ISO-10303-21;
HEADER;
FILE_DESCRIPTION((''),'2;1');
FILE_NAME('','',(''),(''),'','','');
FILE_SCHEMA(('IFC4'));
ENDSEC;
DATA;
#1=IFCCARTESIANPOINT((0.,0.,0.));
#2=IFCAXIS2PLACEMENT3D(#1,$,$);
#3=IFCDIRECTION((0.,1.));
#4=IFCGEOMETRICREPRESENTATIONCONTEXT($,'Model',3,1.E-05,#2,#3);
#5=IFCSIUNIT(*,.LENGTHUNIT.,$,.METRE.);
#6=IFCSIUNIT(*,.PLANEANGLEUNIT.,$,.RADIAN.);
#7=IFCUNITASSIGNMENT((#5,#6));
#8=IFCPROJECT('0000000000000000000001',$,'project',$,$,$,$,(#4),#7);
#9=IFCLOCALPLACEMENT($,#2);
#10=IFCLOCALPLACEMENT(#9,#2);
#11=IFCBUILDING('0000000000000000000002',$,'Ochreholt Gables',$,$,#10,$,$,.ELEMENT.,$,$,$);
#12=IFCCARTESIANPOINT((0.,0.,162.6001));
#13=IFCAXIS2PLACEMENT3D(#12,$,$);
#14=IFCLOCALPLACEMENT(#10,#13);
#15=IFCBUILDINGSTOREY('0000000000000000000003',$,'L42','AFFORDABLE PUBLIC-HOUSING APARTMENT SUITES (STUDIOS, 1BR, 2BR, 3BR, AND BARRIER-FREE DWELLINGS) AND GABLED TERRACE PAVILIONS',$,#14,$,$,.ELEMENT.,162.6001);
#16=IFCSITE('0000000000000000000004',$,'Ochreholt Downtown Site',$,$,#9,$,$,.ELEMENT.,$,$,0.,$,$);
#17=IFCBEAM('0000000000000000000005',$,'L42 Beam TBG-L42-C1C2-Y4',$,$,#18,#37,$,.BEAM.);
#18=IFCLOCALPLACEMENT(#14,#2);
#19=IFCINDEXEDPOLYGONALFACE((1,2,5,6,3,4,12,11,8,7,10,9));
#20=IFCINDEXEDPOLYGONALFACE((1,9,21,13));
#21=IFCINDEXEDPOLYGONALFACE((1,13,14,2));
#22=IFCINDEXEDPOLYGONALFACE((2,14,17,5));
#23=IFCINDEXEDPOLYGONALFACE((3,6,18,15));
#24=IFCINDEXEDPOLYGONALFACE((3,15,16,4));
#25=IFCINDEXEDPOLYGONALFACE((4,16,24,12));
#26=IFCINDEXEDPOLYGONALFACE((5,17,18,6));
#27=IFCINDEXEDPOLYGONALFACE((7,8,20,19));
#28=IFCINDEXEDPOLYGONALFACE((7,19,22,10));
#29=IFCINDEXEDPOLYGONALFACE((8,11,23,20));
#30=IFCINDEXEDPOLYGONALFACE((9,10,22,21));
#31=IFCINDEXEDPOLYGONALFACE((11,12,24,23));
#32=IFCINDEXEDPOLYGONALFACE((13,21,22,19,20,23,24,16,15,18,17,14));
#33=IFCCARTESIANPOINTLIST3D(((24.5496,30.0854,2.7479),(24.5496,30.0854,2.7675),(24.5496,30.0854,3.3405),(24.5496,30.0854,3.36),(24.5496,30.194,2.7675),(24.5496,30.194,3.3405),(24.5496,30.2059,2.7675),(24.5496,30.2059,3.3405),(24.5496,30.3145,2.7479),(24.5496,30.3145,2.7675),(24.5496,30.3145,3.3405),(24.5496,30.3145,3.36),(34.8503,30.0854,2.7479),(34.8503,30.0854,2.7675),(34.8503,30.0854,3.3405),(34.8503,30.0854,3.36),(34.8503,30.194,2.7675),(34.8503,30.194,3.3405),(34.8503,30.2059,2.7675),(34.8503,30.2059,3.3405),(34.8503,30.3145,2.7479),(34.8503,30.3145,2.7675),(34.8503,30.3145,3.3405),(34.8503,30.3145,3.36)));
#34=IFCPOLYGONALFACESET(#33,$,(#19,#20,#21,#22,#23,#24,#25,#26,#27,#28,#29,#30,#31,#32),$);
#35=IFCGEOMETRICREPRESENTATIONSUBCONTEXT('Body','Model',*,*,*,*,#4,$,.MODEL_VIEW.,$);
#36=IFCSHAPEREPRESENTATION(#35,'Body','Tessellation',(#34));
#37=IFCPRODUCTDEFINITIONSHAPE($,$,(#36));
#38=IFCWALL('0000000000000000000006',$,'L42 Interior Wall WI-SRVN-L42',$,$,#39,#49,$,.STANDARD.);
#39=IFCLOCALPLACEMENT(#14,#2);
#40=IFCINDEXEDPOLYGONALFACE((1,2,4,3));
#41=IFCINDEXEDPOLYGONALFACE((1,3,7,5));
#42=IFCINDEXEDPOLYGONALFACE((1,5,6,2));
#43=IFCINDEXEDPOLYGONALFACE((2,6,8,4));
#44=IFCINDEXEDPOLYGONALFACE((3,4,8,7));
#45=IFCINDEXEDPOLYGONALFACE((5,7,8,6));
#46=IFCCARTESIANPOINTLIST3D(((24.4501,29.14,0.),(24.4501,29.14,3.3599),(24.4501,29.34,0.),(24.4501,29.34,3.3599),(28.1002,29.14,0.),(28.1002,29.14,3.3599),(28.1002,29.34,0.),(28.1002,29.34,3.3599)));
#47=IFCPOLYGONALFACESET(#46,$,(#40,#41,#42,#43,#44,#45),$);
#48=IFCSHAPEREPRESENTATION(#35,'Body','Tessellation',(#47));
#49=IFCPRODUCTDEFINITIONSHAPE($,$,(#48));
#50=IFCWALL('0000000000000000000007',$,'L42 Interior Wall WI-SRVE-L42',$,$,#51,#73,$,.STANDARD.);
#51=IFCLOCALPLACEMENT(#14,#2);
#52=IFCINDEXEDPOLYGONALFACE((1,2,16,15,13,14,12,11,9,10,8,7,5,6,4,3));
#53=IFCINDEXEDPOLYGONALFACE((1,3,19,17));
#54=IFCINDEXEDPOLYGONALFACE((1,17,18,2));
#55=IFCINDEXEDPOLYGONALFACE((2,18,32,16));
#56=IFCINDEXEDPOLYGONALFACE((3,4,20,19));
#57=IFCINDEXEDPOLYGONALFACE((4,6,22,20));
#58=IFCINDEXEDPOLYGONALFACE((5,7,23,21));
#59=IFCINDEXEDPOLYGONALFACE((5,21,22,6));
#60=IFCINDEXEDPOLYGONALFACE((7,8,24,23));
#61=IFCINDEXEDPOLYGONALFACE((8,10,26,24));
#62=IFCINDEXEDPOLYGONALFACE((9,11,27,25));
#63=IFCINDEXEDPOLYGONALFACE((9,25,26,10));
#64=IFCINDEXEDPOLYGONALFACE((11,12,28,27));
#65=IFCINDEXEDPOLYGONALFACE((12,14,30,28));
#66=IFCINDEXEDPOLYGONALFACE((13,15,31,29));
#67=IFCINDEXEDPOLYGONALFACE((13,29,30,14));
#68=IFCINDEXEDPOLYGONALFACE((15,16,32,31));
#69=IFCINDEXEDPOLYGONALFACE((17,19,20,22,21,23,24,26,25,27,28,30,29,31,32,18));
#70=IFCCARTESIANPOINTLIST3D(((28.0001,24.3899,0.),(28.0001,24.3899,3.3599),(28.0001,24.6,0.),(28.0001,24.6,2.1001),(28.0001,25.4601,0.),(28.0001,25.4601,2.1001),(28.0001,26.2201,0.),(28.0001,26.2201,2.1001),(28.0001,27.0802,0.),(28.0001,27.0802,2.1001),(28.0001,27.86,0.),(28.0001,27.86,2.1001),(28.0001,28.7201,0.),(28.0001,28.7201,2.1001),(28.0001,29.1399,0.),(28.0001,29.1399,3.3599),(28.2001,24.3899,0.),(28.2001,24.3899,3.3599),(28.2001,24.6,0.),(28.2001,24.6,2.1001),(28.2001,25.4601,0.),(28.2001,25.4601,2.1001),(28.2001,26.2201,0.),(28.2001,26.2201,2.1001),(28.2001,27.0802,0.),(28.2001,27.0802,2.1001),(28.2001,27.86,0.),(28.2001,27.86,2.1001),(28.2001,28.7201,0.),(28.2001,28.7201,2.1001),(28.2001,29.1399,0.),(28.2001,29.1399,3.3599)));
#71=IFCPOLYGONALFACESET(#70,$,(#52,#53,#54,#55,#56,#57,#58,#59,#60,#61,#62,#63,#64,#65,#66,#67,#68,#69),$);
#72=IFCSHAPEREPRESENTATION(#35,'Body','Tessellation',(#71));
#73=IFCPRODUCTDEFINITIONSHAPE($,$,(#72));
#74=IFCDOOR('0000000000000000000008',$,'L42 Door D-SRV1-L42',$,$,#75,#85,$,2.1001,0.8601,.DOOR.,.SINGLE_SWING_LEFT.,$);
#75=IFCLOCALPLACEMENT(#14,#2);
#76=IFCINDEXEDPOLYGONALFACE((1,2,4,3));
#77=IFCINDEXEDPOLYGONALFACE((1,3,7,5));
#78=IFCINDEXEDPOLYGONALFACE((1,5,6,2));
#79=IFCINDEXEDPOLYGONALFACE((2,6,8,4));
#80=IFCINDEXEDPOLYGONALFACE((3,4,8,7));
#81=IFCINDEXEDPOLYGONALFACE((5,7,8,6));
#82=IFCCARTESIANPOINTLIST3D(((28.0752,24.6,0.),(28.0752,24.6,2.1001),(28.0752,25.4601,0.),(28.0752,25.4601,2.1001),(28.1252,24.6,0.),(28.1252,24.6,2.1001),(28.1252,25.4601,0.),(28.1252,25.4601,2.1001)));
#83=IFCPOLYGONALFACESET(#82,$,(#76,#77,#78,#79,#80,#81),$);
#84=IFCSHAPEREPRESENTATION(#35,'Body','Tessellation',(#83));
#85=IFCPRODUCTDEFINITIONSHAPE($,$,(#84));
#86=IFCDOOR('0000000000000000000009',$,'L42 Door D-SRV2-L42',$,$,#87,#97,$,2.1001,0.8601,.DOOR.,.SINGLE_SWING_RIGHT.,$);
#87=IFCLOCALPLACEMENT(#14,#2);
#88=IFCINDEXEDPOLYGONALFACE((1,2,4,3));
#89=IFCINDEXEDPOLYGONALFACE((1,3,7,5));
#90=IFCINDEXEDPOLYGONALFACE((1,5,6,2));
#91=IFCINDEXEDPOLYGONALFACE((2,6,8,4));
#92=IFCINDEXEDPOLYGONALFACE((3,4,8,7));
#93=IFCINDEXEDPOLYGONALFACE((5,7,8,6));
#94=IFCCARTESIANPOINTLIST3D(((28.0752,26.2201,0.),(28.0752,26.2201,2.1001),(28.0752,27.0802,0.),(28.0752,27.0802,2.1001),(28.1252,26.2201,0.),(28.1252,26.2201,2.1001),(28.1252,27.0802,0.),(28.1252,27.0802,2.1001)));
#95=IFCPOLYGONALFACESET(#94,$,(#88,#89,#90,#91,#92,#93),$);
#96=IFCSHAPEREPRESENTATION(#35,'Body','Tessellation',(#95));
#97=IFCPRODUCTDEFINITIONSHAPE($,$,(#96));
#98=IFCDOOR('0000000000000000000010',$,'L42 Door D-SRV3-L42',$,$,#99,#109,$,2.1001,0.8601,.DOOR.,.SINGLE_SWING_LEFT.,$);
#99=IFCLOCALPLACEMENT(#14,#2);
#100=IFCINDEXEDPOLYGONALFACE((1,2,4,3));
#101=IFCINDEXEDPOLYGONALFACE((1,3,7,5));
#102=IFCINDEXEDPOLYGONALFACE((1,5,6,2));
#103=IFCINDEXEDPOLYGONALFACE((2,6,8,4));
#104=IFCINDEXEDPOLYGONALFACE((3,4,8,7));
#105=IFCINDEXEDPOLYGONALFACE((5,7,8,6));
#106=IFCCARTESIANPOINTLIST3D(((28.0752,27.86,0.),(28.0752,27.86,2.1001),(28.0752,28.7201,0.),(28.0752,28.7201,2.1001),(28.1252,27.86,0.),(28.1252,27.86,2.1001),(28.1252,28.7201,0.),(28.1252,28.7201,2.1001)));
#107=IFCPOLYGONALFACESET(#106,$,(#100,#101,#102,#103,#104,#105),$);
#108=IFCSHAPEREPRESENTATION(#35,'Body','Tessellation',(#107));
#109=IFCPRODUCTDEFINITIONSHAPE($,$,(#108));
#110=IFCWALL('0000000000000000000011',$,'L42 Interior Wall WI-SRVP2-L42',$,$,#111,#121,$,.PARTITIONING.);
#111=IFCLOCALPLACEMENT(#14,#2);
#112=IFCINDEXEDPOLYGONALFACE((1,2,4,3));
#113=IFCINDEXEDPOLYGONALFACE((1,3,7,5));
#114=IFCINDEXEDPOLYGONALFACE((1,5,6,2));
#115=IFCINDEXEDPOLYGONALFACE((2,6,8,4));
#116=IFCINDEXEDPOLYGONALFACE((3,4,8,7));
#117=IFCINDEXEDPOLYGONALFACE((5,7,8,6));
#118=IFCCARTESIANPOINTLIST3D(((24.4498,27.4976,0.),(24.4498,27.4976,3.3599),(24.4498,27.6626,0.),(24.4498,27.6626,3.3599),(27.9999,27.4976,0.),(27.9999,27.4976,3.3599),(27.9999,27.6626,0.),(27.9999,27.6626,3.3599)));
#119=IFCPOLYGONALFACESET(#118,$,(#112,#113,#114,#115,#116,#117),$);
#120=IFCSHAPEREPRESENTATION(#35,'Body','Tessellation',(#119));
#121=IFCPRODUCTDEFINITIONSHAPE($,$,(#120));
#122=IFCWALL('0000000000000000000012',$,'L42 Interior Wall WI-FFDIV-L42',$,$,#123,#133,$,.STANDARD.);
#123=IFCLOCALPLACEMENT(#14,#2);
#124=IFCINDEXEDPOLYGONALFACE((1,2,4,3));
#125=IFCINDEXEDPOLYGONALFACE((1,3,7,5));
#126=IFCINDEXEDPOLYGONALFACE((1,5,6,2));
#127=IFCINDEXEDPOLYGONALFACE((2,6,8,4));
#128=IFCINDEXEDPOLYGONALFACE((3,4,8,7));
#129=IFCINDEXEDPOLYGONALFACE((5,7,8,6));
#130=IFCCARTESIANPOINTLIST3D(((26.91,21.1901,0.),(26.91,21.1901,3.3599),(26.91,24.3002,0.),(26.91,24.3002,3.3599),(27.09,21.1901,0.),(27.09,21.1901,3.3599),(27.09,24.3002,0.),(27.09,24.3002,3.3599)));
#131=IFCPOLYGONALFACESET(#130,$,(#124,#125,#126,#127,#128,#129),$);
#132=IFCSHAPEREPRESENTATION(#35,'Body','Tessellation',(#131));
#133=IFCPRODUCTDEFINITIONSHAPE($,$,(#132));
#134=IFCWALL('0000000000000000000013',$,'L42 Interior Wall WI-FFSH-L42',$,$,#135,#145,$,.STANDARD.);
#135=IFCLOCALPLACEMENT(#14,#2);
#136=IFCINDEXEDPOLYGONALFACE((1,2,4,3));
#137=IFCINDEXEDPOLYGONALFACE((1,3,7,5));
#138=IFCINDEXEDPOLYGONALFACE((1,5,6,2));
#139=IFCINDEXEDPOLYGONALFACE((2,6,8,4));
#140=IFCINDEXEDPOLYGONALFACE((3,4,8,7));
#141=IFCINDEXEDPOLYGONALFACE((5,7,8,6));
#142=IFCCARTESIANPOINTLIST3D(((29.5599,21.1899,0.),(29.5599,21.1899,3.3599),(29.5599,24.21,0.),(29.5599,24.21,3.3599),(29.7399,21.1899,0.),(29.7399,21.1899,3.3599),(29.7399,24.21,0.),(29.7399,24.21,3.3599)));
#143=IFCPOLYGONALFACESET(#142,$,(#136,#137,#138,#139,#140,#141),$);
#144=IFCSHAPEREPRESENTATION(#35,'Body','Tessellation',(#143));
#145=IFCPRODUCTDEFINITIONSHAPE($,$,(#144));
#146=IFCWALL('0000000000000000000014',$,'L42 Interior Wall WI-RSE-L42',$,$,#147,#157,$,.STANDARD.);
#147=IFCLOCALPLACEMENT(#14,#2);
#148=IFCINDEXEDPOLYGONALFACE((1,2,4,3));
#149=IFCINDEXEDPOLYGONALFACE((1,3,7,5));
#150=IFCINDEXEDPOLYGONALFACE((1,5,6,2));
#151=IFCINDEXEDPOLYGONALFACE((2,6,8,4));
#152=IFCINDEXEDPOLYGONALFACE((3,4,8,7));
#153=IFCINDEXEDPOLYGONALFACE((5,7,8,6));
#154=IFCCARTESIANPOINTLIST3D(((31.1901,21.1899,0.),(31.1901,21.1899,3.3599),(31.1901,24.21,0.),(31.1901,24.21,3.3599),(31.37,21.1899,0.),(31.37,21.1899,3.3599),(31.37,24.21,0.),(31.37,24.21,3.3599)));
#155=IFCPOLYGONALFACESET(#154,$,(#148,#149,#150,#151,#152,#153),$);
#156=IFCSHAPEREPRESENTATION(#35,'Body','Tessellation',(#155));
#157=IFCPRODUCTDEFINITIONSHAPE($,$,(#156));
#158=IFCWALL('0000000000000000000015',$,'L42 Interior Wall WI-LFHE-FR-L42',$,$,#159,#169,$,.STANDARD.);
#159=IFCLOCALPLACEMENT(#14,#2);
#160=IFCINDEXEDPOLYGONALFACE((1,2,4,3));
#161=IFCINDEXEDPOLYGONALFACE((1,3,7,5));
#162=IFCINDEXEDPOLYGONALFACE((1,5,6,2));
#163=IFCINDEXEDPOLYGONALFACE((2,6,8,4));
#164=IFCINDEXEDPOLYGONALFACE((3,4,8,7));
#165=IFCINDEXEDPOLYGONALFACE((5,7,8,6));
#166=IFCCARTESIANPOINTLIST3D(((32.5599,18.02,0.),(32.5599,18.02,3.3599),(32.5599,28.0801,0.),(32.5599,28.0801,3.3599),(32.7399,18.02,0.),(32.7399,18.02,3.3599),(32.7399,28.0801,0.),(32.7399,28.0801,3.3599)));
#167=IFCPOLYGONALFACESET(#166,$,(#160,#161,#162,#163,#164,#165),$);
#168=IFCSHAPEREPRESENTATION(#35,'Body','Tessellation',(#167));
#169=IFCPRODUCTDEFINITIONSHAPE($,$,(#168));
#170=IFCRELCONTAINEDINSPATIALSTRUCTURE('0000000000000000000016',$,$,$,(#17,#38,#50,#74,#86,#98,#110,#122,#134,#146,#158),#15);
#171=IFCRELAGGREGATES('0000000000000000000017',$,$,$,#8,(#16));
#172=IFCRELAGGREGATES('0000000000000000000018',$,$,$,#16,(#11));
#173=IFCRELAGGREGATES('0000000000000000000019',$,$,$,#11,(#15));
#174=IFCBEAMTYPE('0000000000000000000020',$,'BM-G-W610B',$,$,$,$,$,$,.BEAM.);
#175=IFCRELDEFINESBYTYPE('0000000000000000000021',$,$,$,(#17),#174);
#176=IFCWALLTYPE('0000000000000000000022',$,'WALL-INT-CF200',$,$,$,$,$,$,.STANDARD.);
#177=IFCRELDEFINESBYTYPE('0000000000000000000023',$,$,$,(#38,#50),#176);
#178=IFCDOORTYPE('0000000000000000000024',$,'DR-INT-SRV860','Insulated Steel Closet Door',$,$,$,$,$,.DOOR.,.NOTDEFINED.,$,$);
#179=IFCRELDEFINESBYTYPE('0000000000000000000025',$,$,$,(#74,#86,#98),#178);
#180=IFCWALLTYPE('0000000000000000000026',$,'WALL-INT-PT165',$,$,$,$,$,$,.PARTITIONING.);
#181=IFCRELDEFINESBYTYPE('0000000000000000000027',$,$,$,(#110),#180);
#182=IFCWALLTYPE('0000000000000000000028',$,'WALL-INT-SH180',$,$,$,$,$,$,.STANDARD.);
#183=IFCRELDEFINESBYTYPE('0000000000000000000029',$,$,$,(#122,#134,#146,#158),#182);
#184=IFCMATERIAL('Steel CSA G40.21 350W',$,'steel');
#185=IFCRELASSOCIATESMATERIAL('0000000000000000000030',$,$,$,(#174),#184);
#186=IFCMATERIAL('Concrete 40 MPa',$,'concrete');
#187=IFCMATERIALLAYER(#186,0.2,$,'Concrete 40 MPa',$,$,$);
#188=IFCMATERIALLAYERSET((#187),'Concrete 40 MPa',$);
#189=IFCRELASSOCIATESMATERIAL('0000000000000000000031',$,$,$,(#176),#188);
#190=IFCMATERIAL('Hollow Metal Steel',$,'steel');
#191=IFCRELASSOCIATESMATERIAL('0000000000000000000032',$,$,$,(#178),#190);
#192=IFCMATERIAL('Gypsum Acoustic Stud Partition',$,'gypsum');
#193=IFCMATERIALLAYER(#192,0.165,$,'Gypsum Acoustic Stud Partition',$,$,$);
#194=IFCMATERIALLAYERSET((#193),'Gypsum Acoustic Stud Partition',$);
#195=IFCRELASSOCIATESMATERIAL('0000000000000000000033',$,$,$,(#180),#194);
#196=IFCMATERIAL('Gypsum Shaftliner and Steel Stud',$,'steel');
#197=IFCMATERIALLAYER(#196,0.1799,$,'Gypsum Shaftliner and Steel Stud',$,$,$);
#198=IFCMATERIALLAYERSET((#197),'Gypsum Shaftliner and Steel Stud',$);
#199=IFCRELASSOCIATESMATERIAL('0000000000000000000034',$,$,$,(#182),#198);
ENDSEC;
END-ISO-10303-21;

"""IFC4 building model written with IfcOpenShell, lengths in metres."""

from ifc_helpers import new_model, si_unit, direction, frame, frame_2d, origin, origin_2d, place, context, subcontext, project, spatial, rectangle, i_section, extrude, material, layer, layer_set, material_profile, profile_set, type_object, element, fill, save


model = new_model("IFC4")

# Units and contexts
model_context = context("Model", 3, precision=1e-05, world=origin(), true_north=direction((0.0, 1.0)))
body_context = subcontext(model_context, "Body", "Model", "MODEL_VIEW")
ifc_project = project(units=[si_unit("LENGTHUNIT", "METRE"), si_unit("PLANEANGLEUNIT", "RADIAN")], contexts=[model_context])

# Site, building, storey
site_placement = place(None, origin())
site = spatial("IfcSite", under=ifc_project, at=site_placement, Name="Ochreholt Downtown Site", CompositionType="ELEMENT", RefElevation=0.0)
building_placement = place(site_placement, origin())
building = spatial("IfcBuilding", under=site, at=building_placement, Name="Ochreholt Gables", CompositionType="ELEMENT")
storey_placement = place(building_placement, frame((0.0, 0.0, 162.6001)))
storey = spatial("IfcBuildingStorey", under=building, at=storey_placement, Name="L42", Description="AFFORDABLE PUBLIC-HOUSING APARTMENT SUITES (STUDIOS, 1BR, 2BR, 3BR, AND BARRIER-FREE DWELLINGS) AND GABLED TERRACE PAVILIONS", CompositionType="ELEMENT", Elevation=162.6001)

# Beam
ifc_material_1 = material(Name="Steel CSA G40.21 350W", Category="steel")
ifc_material_profile = material_profile(ifc_material_1, i_section(OverallWidth=0.229, OverallDepth=0.6121, WebThickness=0.012, FlangeThickness=0.0195, at=origin_2d()), Name="W610X125")
ifc_profile_set = profile_set([ifc_material_profile], Name="Steel CSA G40.21 350W")
beam_type = type_object("IfcBeamType", Name="BM-G-W610B", PredefinedType="BEAM", material=ifc_profile_set)
beam_placement = place(storey_placement, frame((24.5496, 30.2, 3.054), z_axis=(1.0, 0.0, 0.0), x_axis=(0.0, 1.0, 0.0)))
element("IfcBeam", 1, at=beam_placement, inside=storey, type_object=beam_type, Name="L42 Beam TBG-L42-C1C2-Y4", PredefinedType="BEAM", context=body_context, shape_type="SweptSolid", body=[
    extrude(i_section(OverallWidth=0.229, OverallDepth=0.6121, WebThickness=0.012, FlangeThickness=0.0195, at=origin_2d()), origin(), (0.0, 0.0, 1.0), 10.3008),
])

# Wall
ifc_material_2 = material(Name="Concrete 40 MPa", Category="concrete")
ifc_layer_1 = layer(ifc_material_2, 0.2, Name="Concrete 40 MPa")
ifc_layer_set_1 = layer_set([ifc_layer_1], Name="Concrete 40 MPa")
wall_type_1 = type_object("IfcWallType", Name="WALL-INT-CF200", PredefinedType="STANDARD", material=ifc_layer_set_1)
wall_1_placement = place(storey_placement, frame((24.45, 29.24, 0.0), z_axis=(0.0, 0.0, 1.0), x_axis=(1.0, 0.0, 0.0)))
element("IfcWall", 2, at=wall_1_placement, inside=storey, type_object=wall_type_1, Name="L42 Interior Wall WI-SRVN-L42", PredefinedType="STANDARD", context=body_context, shape_type="SweptSolid", body=[
    extrude(rectangle(XDim=3.6501, YDim=0.2, at=frame_2d((1.8252, 0.0))), origin(), (0.0, 0.0, 1.0), 3.3599),
])

# Wall, openings, doors
wall_2_placement = place(storey_placement, frame((28.1001, 24.3899, 0.0), z_axis=(0.0, 0.0, 1.0), x_axis=(0.0, 1.0, 0.0)))
wall_2 = element("IfcWall", 3, at=wall_2_placement, inside=storey, type_object=wall_type_1, Name="L42 Interior Wall WI-SRVE-L42", PredefinedType="STANDARD", context=body_context, shape_type="SweptSolid", body=[
    extrude(rectangle(XDim=4.75, YDim=0.2, at=frame_2d((2.375, 0.0))), origin(), (0.0, 0.0, 1.0), 3.3599),
])
opening_1_placement = place(wall_2_placement, frame((0.21, 0.0, 0.0)))
opening_1 = element("IfcOpeningElement", 4, at=opening_1_placement, cuts=wall_2, PredefinedType="OPENING", context=body_context, shape_type="SweptSolid", body=[
    extrude(rectangle(XDim=0.8601, YDim=2.1001, at=frame_2d((0.4302, 1.05))), frame((0.0, 0.1099, 0.0), z_axis=(0.0, -1.0, 0.0), x_axis=(1.0, 0.0, 0.0)), (0.0, 0.0, 1.0), 0.22),
])
opening_2_placement = place(wall_2_placement, frame((1.8301, 0.0, 0.0)))
opening_2 = element("IfcOpeningElement", 5, at=opening_2_placement, cuts=wall_2, PredefinedType="OPENING", context=body_context, shape_type="SweptSolid", body=[
    extrude(rectangle(XDim=0.8601, YDim=2.1001, at=frame_2d((0.4302, 1.05))), frame((0.0, 0.1099, 0.0), z_axis=(0.0, -1.0, 0.0), x_axis=(1.0, 0.0, 0.0)), (0.0, 0.0, 1.0), 0.22),
])
opening_3_placement = place(wall_2_placement, frame((3.47, 0.0, 0.0)))
opening_3 = element("IfcOpeningElement", 6, at=opening_3_placement, cuts=wall_2, PredefinedType="OPENING", context=body_context, shape_type="SweptSolid", body=[
    extrude(rectangle(XDim=0.8601, YDim=2.1001, at=frame_2d((0.4302, 1.05))), frame((0.0, 0.1099, 0.0), z_axis=(0.0, -1.0, 0.0), x_axis=(1.0, 0.0, 0.0)), (0.0, 0.0, 1.0), 0.22),
])
ifc_material_3 = material(Name="Hollow Metal Steel", Category="steel")
door_type_1 = type_object("IfcDoorType", Name="DR-INT-SRV860", Description="Insulated Steel Closet Door", OperationType="NOTDEFINED", PredefinedType="DOOR", material=ifc_material_3)
door_1_placement = place(opening_1_placement, origin())
door_1 = element("IfcDoor", 7, at=door_1_placement, inside=storey, type_object=door_type_1, Name="L42 Door D-SRV1-L42", OperationType="SINGLE_SWING_LEFT", OverallHeight=2.1001, OverallWidth=0.8601, PredefinedType="DOOR", context=body_context, shape_type="SweptSolid", body=[
    extrude(rectangle(XDim=0.8601, YDim=2.1001, at=frame_2d((0.4302, 1.05))), frame((0.0, 0.0249, 0.0), z_axis=(0.0, -1.0, 0.0), x_axis=(1.0, 0.0, 0.0)), (0.0, 0.0, 1.0), 0.05),
])
fill(opening_1, door_1)
door_2_placement = place(opening_2_placement, origin())
door_2 = element("IfcDoor", 8, at=door_2_placement, inside=storey, type_object=door_type_1, Name="L42 Door D-SRV2-L42", OperationType="SINGLE_SWING_RIGHT", OverallHeight=2.1001, OverallWidth=0.8601, PredefinedType="DOOR", context=body_context, shape_type="SweptSolid", body=[
    extrude(rectangle(XDim=0.8601, YDim=2.1001, at=frame_2d((0.4302, 1.05))), frame((0.0, 0.0249, 0.0), z_axis=(0.0, -1.0, 0.0), x_axis=(1.0, 0.0, 0.0)), (0.0, 0.0, 1.0), 0.05),
])
fill(opening_2, door_2)
door_3_placement = place(opening_3_placement, origin())
door_3 = element("IfcDoor", 9, at=door_3_placement, inside=storey, type_object=door_type_1, Name="L42 Door D-SRV3-L42", OperationType="SINGLE_SWING_LEFT", OverallHeight=2.1001, OverallWidth=0.8601, PredefinedType="DOOR", context=body_context, shape_type="SweptSolid", body=[
    extrude(rectangle(XDim=0.8601, YDim=2.1001, at=frame_2d((0.4302, 1.05))), frame((0.0, 0.0249, 0.0), z_axis=(0.0, -1.0, 0.0), x_axis=(1.0, 0.0, 0.0)), (0.0, 0.0, 1.0), 0.05),
])
fill(opening_3, door_3)

# Walls
ifc_material_4 = material(Name="Gypsum Acoustic Stud Partition", Category="gypsum")
ifc_layer_2 = layer(ifc_material_4, 0.165, Name="Gypsum Acoustic Stud Partition")
ifc_layer_set_2 = layer_set([ifc_layer_2], Name="Gypsum Acoustic Stud Partition")
wall_type_2 = type_object("IfcWallType", Name="WALL-INT-PT165", PredefinedType="PARTITIONING", material=ifc_layer_set_2)
wall_3_placement = place(storey_placement, frame((24.45, 27.5801, 0.0), z_axis=(0.0, 0.0, 1.0), x_axis=(1.0, 0.0, 0.0)))
element("IfcWall", 10, at=wall_3_placement, inside=storey, type_object=wall_type_2, Name="L42 Interior Wall WI-SRVP2-L42", PredefinedType="PARTITIONING", context=body_context, shape_type="SweptSolid", body=[
    extrude(rectangle(XDim=3.55, YDim=0.165, at=frame_2d((1.7749, 0.0))), origin(), (0.0, 0.0, 1.0), 3.3599),
])
ifc_material_5 = material(Name="Gypsum Shaftliner and Steel Stud", Category="steel")
ifc_layer_3 = layer(ifc_material_5, 0.1799, Name="Gypsum Shaftliner and Steel Stud")
ifc_layer_set_3 = layer_set([ifc_layer_3], Name="Gypsum Shaftliner and Steel Stud")
wall_type_3 = type_object("IfcWallType", Name="WALL-INT-SH180", PredefinedType="STANDARD", material=ifc_layer_set_3)
wall_4_placement = place(storey_placement, frame((27.0, 21.1899, 0.0), z_axis=(0.0, 0.0, 1.0), x_axis=(0.0, 1.0, 0.0)))
element("IfcWall", 11, at=wall_4_placement, inside=storey, type_object=wall_type_3, Name="L42 Interior Wall WI-FFDIV-L42", PredefinedType="STANDARD", context=body_context, shape_type="SweptSolid", body=[
    extrude(rectangle(XDim=3.1101, YDim=0.1799, at=frame_2d((1.5552, 0.0))), origin(), (0.0, 0.0, 1.0), 3.3599),
])
for number, where, z_axis, x_axis, name in (
    (12, (29.6499, 21.1899, 0.0), (0.0, 0.0, 1.0), (0.0, 1.0, 0.0), "L42 Interior Wall WI-FFSH-L42"),
    (13, (31.28, 21.1899, 0.0), (0.0, 0.0, 1.0), (0.0, 1.0, 0.0), "L42 Interior Wall WI-RSE-L42"),
):
    element("IfcWall", number, at=place(storey_placement, frame(where, z_axis=z_axis, x_axis=x_axis)), inside=storey, type_object=wall_type_3, Name=name, PredefinedType="STANDARD", context=body_context, shape_type="SweptSolid", body=[
        extrude(rectangle(XDim=3.02, YDim=0.1799, at=frame_2d((1.51, 0.0))), origin(), (0.0, 0.0, 1.0), 3.3599),
    ])
wall_5_placement = place(storey_placement, frame((32.6499, 18.02, 0.0), z_axis=(0.0, 0.0, 1.0), x_axis=(0.0, 1.0, 0.0)))
element("IfcWall", 14, at=wall_5_placement, inside=storey, type_object=wall_type_3, Name="L42 Interior Wall WI-LFHE-FR-L42", PredefinedType="STANDARD", context=body_context, shape_type="SweptSolid", body=[
    extrude(rectangle(XDim=10.0601, YDim=0.1799, at=frame_2d((5.03, 0.0))), origin(), (0.0, 0.0, 1.0), 3.3599),
])

save(model, "model.ifc")
